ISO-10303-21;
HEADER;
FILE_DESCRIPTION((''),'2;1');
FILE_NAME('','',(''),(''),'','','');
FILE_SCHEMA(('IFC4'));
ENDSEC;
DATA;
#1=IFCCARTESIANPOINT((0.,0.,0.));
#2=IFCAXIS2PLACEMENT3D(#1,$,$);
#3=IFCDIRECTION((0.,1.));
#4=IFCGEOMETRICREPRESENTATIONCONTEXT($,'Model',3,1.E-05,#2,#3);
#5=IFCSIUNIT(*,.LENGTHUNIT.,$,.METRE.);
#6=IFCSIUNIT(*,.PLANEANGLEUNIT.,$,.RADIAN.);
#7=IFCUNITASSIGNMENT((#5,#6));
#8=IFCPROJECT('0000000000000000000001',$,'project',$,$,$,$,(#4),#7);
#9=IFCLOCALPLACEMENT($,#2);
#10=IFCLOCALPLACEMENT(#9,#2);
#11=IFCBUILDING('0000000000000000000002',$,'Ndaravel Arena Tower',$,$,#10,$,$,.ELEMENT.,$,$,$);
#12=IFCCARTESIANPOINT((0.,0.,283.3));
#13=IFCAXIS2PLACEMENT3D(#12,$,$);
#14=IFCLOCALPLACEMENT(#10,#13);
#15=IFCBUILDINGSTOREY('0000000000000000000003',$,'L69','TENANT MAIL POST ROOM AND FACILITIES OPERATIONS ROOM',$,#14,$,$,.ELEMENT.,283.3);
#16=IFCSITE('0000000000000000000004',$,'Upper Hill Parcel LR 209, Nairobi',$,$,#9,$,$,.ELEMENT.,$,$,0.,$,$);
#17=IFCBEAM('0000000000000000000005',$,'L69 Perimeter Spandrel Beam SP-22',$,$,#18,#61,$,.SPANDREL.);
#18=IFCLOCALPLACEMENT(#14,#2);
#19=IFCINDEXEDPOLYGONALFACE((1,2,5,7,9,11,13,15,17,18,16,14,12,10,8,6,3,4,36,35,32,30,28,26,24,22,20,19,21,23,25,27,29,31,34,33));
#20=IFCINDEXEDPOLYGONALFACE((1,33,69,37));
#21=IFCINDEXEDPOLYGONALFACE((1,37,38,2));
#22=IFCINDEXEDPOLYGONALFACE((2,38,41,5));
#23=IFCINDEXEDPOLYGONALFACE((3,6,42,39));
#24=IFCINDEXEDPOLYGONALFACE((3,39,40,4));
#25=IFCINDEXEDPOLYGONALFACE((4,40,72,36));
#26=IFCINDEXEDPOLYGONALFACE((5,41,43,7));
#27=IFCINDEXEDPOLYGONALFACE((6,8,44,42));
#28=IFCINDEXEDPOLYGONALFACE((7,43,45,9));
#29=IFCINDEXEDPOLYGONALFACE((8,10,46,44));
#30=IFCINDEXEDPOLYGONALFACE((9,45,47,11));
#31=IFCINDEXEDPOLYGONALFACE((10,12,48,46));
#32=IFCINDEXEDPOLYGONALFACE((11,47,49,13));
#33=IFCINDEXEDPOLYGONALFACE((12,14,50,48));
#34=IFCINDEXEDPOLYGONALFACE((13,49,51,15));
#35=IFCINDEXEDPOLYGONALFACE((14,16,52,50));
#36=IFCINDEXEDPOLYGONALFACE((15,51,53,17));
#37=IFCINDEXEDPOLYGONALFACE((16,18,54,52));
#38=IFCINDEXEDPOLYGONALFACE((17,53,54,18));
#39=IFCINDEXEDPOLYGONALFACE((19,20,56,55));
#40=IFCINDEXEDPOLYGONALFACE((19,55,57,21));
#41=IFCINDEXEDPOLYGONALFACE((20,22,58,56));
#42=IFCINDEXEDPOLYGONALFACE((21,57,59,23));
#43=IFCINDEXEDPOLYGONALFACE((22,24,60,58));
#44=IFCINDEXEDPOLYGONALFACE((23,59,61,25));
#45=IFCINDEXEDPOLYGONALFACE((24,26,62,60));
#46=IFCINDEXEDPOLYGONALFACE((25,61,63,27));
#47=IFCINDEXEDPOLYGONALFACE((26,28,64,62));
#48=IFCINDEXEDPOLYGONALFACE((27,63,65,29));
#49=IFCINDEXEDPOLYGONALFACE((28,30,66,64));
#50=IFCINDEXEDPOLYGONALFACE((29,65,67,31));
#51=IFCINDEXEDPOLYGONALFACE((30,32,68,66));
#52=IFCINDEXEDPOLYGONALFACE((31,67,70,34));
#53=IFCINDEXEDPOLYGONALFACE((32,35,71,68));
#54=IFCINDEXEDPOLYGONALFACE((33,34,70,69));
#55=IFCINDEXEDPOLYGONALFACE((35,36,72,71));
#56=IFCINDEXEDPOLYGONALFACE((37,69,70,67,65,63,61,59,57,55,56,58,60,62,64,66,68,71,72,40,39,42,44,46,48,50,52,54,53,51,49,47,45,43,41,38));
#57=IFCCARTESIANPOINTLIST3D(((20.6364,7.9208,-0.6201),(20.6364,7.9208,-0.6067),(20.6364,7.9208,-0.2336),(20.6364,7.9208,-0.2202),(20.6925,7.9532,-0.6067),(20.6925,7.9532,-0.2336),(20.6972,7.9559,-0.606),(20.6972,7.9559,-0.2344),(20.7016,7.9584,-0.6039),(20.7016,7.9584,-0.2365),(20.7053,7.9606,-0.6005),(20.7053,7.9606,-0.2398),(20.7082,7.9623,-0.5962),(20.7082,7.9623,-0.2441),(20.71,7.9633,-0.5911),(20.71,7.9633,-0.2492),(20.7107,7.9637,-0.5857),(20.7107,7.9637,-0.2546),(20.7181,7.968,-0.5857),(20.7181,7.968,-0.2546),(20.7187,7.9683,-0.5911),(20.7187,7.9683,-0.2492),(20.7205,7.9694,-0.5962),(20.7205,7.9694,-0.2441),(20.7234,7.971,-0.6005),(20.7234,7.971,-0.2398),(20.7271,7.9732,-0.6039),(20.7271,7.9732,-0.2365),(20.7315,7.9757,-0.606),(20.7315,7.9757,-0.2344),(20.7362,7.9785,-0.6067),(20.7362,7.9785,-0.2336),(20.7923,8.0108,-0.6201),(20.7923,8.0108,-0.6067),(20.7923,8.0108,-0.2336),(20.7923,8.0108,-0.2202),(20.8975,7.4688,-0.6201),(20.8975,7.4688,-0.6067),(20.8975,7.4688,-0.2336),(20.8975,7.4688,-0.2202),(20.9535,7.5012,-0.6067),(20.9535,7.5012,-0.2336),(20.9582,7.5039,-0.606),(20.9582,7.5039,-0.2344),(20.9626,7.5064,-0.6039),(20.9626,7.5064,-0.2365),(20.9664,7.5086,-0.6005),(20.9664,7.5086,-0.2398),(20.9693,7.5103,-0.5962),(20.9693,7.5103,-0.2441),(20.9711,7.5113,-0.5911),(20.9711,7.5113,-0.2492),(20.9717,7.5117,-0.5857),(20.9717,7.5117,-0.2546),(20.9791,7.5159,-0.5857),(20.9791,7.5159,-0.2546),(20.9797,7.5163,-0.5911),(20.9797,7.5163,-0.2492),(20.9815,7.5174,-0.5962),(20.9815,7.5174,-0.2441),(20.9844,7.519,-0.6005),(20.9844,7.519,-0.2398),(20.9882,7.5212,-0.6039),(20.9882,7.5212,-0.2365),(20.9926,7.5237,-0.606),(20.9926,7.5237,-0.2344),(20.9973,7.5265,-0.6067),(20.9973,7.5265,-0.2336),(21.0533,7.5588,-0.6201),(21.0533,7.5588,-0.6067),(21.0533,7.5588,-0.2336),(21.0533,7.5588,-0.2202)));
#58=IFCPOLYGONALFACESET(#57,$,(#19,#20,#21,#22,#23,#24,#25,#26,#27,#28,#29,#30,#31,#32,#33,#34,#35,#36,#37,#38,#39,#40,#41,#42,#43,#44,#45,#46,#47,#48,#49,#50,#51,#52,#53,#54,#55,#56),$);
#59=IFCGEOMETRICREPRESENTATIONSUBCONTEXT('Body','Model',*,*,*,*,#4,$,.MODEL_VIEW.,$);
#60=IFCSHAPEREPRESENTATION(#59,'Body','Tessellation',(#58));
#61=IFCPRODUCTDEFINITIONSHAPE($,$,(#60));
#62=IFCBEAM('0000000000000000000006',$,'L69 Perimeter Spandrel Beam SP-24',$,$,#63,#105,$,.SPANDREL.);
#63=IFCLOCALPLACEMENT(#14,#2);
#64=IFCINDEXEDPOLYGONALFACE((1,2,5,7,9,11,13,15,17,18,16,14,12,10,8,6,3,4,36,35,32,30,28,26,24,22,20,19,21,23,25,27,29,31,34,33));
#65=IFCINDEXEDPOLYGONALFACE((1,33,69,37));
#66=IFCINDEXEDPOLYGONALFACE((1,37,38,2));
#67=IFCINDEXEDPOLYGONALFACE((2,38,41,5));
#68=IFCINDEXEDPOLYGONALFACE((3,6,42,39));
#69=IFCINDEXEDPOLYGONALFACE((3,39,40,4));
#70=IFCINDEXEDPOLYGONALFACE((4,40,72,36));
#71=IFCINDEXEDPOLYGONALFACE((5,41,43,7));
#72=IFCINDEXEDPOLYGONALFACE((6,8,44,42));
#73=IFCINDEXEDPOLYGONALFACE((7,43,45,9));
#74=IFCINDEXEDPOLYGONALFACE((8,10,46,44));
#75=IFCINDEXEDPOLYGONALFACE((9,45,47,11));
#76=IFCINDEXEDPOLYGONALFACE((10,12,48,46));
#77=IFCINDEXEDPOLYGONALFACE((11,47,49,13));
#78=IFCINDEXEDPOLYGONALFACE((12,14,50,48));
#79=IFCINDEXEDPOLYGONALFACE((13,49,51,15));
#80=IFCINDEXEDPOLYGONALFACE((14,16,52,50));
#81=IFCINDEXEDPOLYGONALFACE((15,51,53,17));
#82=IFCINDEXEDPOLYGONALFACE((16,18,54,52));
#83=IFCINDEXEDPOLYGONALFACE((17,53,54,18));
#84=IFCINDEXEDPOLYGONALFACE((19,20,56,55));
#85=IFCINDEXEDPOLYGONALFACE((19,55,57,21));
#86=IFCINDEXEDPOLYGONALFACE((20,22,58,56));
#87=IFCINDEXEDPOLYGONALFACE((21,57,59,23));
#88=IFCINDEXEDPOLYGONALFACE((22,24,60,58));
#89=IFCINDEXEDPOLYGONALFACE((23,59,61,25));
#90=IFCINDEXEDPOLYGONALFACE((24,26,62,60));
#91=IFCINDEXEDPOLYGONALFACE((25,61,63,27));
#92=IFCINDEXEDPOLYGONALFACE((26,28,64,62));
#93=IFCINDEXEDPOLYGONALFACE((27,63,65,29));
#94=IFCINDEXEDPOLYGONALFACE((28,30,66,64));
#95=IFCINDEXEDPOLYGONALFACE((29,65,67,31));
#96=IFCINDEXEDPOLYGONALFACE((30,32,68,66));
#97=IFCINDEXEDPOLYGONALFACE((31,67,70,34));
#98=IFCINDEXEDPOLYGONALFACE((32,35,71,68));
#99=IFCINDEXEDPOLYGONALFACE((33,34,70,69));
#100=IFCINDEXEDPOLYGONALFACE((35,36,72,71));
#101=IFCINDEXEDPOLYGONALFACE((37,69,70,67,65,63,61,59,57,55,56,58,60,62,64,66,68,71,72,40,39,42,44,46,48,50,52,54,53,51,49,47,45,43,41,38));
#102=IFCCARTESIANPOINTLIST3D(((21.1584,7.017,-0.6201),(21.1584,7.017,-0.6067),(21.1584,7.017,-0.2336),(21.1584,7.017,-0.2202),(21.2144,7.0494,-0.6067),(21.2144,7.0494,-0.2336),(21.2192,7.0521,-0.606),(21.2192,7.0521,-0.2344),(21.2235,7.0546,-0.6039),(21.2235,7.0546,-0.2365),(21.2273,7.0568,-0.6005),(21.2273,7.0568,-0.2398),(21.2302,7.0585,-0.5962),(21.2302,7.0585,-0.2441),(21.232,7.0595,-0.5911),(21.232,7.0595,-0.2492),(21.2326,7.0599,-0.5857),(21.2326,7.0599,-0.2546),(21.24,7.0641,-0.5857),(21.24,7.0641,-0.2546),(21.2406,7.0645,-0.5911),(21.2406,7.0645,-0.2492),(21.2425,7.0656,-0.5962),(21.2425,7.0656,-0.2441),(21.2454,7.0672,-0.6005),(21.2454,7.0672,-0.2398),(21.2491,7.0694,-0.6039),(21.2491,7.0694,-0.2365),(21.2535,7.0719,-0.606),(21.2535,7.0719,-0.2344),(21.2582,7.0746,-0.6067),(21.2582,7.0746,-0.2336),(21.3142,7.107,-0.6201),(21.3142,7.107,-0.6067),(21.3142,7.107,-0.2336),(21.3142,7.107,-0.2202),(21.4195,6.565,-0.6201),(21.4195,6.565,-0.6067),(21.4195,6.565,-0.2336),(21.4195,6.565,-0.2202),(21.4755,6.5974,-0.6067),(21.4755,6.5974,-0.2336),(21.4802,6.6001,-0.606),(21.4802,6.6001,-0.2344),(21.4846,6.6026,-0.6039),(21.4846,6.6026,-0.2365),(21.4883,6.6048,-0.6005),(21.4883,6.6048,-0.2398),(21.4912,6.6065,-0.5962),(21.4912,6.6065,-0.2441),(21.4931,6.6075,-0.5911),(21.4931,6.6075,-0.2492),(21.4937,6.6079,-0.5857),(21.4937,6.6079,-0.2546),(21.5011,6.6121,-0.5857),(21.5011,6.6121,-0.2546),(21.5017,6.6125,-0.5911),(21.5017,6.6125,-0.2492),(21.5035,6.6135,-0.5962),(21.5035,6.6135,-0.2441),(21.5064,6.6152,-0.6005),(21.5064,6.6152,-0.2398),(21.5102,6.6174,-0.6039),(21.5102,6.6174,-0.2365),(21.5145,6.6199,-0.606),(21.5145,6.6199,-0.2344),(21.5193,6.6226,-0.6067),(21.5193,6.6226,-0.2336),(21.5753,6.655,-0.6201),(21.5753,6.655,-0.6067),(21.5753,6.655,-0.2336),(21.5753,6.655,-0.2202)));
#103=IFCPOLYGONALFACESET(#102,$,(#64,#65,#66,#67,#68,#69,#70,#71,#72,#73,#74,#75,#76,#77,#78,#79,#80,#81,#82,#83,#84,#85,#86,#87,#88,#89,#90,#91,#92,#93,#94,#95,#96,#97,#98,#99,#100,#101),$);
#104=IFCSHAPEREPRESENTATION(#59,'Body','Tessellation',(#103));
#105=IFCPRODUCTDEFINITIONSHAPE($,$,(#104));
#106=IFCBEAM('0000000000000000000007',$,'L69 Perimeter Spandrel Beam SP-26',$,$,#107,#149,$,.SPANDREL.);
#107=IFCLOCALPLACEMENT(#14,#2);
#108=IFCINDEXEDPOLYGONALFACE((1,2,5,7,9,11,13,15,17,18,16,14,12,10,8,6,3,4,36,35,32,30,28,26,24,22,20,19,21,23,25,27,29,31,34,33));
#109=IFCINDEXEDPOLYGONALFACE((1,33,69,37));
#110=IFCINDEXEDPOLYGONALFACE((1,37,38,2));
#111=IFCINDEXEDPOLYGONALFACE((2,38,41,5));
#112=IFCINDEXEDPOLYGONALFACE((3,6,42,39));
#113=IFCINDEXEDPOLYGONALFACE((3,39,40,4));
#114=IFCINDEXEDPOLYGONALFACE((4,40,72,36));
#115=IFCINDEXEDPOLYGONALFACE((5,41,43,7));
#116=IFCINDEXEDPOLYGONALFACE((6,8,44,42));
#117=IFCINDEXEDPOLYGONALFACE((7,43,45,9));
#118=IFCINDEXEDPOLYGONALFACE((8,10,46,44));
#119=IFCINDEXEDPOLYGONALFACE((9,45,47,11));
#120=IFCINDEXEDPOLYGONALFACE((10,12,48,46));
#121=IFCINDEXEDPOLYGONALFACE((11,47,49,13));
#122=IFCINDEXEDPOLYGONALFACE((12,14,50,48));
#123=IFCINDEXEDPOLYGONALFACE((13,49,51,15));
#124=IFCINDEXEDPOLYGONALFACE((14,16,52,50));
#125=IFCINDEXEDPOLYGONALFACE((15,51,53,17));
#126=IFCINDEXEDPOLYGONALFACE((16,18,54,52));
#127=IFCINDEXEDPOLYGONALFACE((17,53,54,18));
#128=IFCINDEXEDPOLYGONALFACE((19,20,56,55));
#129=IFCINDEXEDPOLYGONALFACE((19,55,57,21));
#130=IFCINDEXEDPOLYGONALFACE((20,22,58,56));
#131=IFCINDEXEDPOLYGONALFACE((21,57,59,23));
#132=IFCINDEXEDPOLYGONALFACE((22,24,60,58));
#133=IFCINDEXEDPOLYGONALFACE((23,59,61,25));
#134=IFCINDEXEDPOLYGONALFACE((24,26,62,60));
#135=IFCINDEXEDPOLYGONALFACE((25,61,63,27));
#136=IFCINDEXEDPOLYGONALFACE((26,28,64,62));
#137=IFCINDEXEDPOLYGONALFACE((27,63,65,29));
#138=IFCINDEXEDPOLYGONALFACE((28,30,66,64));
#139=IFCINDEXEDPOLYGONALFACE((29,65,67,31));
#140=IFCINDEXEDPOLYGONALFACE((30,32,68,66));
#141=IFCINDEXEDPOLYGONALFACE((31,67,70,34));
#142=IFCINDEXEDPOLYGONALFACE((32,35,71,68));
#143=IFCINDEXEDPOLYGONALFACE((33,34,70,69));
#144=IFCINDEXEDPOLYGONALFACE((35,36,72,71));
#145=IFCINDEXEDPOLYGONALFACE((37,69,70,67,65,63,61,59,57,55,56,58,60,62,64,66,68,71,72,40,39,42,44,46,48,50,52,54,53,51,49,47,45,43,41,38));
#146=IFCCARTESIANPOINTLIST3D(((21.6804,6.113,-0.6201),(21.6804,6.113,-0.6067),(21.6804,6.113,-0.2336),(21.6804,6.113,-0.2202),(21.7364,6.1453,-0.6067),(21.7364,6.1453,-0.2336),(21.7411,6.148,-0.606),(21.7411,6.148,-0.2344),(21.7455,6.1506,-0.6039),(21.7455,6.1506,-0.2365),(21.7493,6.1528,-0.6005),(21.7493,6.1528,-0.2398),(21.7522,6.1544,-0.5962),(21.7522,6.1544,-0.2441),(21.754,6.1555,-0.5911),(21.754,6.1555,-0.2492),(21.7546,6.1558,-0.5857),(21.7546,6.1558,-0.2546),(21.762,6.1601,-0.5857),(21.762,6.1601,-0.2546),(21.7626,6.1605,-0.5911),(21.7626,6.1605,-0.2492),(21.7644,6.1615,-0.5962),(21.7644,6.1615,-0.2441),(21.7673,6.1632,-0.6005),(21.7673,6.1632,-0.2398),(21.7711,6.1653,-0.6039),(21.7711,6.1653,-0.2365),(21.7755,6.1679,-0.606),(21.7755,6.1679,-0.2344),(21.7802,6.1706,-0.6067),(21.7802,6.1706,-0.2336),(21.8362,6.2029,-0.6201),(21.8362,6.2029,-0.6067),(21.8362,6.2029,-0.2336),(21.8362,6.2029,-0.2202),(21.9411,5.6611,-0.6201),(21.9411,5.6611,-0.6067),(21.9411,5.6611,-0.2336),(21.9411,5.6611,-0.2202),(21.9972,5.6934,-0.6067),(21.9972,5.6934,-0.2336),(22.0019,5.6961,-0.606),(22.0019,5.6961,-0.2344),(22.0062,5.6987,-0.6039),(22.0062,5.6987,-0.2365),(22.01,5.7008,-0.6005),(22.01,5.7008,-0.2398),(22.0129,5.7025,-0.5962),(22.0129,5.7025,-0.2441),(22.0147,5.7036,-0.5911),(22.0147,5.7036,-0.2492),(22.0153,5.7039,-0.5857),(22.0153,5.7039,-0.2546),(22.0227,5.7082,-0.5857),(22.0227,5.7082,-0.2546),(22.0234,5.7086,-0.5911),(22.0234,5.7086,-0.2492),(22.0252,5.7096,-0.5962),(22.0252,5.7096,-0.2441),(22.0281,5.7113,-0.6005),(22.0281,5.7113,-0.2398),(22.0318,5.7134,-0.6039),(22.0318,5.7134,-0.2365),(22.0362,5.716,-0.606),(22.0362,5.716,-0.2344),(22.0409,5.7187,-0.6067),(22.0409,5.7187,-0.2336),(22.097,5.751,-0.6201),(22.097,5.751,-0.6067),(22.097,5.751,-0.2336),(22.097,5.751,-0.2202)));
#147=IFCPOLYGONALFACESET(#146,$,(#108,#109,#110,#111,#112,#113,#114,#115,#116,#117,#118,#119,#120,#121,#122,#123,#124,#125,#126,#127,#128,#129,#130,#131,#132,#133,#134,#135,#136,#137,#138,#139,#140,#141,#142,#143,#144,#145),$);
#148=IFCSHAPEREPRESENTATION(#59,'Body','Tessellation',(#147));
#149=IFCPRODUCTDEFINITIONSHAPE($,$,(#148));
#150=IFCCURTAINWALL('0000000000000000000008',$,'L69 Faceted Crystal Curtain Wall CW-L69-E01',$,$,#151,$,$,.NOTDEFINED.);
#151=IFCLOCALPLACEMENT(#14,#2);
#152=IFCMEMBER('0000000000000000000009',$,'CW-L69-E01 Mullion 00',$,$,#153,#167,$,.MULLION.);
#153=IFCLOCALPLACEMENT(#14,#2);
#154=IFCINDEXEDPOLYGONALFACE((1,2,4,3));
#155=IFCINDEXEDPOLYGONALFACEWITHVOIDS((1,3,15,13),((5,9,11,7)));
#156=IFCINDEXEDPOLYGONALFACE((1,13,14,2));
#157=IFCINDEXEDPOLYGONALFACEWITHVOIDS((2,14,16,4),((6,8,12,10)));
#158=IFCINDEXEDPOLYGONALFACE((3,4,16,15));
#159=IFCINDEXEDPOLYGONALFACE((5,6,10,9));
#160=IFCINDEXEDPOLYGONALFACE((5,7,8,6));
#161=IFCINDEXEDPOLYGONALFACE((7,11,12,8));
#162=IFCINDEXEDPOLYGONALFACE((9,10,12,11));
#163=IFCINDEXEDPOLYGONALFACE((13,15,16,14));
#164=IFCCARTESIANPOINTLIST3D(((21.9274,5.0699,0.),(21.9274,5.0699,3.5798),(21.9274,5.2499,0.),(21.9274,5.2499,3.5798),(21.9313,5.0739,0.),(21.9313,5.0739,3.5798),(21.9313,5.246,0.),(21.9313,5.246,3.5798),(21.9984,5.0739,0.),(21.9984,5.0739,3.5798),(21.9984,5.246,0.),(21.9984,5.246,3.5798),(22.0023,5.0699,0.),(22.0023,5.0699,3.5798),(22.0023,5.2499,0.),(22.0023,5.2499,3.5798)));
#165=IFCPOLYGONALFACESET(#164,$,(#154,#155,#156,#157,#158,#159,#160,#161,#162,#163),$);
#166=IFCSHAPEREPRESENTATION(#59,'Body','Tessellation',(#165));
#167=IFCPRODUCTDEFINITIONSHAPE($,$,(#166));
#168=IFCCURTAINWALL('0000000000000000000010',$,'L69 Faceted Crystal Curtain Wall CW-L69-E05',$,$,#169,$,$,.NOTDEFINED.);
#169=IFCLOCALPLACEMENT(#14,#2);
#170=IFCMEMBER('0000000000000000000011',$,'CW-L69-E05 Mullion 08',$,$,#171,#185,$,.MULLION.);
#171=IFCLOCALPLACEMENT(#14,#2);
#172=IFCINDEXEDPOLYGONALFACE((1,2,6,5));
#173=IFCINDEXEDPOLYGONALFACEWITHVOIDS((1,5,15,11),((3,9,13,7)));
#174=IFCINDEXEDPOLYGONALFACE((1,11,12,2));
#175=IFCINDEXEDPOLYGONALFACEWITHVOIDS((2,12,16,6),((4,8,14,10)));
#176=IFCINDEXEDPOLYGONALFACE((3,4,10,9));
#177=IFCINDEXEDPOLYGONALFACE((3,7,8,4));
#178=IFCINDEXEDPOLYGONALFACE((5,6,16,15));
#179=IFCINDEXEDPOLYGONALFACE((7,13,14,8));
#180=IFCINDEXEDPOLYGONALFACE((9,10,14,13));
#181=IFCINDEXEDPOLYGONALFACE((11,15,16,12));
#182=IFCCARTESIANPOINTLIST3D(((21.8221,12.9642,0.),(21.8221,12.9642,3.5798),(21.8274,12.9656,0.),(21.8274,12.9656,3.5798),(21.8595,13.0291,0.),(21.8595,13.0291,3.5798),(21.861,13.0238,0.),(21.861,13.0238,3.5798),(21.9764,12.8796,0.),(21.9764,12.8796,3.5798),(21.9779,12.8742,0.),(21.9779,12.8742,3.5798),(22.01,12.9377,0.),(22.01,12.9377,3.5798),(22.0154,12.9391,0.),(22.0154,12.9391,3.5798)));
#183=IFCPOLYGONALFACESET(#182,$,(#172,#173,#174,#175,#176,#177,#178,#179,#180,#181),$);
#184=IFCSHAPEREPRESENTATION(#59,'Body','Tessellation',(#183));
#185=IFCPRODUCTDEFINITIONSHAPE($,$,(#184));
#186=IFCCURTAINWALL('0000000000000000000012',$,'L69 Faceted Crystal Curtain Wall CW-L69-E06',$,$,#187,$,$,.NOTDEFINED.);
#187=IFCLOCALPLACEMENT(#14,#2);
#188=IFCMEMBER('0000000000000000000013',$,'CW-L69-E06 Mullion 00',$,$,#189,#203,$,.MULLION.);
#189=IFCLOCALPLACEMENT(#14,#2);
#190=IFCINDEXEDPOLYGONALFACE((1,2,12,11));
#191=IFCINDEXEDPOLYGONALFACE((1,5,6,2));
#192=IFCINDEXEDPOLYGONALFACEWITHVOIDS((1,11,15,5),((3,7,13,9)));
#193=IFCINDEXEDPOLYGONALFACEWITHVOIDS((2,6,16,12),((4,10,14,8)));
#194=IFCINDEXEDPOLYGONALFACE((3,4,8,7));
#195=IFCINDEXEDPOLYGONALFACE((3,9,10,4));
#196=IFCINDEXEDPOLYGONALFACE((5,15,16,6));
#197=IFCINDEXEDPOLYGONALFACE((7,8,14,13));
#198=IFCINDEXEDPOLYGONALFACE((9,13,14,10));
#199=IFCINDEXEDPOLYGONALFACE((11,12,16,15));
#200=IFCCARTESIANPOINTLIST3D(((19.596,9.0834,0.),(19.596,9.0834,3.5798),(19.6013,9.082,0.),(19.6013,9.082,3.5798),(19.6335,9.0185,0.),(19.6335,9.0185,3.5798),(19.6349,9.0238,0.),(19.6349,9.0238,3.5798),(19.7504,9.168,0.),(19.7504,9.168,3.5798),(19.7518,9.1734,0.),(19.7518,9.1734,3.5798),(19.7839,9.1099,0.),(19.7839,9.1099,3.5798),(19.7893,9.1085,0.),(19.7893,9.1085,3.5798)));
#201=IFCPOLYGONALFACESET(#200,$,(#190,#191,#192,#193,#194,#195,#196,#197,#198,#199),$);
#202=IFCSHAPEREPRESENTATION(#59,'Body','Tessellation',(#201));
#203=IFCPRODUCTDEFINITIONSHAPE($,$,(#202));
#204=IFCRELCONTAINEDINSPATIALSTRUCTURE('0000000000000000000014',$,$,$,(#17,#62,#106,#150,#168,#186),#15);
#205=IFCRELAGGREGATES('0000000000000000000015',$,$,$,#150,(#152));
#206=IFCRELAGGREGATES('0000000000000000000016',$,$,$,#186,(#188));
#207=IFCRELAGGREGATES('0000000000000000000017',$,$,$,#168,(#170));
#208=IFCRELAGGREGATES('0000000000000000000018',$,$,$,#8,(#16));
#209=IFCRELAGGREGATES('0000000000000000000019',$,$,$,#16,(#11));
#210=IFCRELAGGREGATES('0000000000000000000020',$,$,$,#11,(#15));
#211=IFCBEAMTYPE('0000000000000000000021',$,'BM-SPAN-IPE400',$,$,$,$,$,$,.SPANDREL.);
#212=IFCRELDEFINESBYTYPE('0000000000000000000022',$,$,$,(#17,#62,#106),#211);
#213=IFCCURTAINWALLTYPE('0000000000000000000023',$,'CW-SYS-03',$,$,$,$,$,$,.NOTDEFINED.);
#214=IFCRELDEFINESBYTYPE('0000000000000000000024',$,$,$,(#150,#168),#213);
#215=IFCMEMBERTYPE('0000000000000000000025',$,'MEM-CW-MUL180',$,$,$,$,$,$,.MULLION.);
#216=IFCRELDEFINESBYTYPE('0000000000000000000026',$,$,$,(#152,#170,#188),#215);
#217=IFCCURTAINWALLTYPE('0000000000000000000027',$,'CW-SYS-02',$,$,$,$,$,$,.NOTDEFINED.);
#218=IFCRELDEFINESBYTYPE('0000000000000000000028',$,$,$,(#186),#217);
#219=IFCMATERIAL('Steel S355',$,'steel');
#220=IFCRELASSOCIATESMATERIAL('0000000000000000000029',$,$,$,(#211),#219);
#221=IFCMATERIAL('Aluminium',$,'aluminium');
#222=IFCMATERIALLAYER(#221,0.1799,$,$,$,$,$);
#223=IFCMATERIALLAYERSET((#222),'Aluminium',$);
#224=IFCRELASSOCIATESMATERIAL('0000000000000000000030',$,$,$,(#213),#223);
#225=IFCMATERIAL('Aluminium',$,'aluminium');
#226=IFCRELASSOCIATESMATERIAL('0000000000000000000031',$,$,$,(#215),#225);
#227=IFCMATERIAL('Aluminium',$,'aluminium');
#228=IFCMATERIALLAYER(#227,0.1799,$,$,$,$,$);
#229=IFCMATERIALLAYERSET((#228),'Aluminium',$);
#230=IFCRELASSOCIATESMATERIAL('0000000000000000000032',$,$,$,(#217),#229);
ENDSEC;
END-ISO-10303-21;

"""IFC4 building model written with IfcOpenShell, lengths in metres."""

from ifc_helpers import new_model, si_unit, direction, frame, origin, origin_2d, place, context, subcontext, project, spatial, hollow_rectangle, i_section, extrude, material, layer, layer_set, material_profile, profile_set, type_object, element, aggregate, save


model = new_model("IFC4")

# Units and contexts
model_context = context("Model", 3, precision=1e-05, world=origin(), true_north=direction((0.0, 1.0)))
body_context = subcontext(model_context, "Body", "Model", "MODEL_VIEW")
ifc_project = project(units=[si_unit("LENGTHUNIT", "METRE"), si_unit("PLANEANGLEUNIT", "RADIAN")], contexts=[model_context])

# Site, building, storey
site_placement = place(None, origin())
site = spatial("IfcSite", under=ifc_project, at=site_placement, Name="Upper Hill Parcel LR 209, Nairobi", CompositionType="ELEMENT", RefElevation=0.0)
building_placement = place(site_placement, origin())
building = spatial("IfcBuilding", under=site, at=building_placement, Name="Ndaravel Arena Tower", CompositionType="ELEMENT")
storey_placement = place(building_placement, frame((0.0, 0.0, 283.3)))
storey = spatial("IfcBuildingStorey", under=building, at=storey_placement, Name="L69", Description="TENANT MAIL POST ROOM AND FACILITIES OPERATIONS ROOM", CompositionType="ELEMENT", Elevation=283.3)

# Beams
ifc_material_1 = material(Name="Steel S355", Category="steel")
ifc_material_profile_1 = material_profile(ifc_material_1, i_section(OverallWidth=0.1799, OverallDepth=0.3999, WebThickness=0.0085, FlangeThickness=0.0134, FilletRadius=0.021, at=origin_2d()), Name="IPE 400")
ifc_profile_set_1 = profile_set([ifc_material_profile_1], Name="Steel S355")
beam_type = type_object("IfcBeamType", Name="BM-SPAN-IPE400", PredefinedType="SPANDREL", material=ifc_profile_set_1)
for number, where, z_axis, x_axis, name in (
    (1, (20.7144, 7.9658, -0.4202), (0.500114, -0.86596, 0.0), (0.86596, 0.500114, 0.0), "L69 Perimeter Spandrel Beam SP-22"),
    (2, (21.2363, 7.062, -0.4202), (0.500114, -0.86596, 0.0), (0.86596, 0.500114, 0.0), "L69 Perimeter Spandrel Beam SP-24"),
):
    element("IfcBeam", number, at=place(storey_placement, frame(where, z_axis=z_axis, x_axis=x_axis)), inside=storey, type_object=beam_type, Name=name, PredefinedType="SPANDREL", context=body_context, shape_type="SweptSolid", body=[
        extrude(i_section(OverallWidth=0.1799, OverallDepth=0.3999, WebThickness=0.0085, FlangeThickness=0.0134, FilletRadius=0.021, at=origin_2d()), origin(), (0.0, 0.0, 1.0), 0.522),
    ])
beam_placement = place(storey_placement, frame((21.7583, 6.158, -0.4202), z_axis=(0.499763, -0.866162, 0.0), x_axis=(0.866162, 0.499763, 0.0)))
element("IfcBeam", 3, at=beam_placement, inside=storey, type_object=beam_type, Name="L69 Perimeter Spandrel Beam SP-26", PredefinedType="SPANDREL", context=body_context, shape_type="SweptSolid", body=[
    extrude(i_section(OverallWidth=0.1799, OverallDepth=0.3999, WebThickness=0.0085, FlangeThickness=0.0134, FilletRadius=0.021, at=origin_2d()), origin(), (0.0, 0.0, 1.0), 0.5217),
])

# Curtain walls, members
ifc_material_2 = material(Name="Aluminium", Category="aluminium")
ifc_layer_1 = layer(ifc_material_2, 0.1799)
ifc_layer_set_1 = layer_set([ifc_layer_1], Name="Aluminium")
curtain_wall_type_1 = type_object("IfcCurtainWallType", Name="CW-SYS-03", PredefinedType="NOTDEFINED", material=ifc_layer_set_1)
curtain_wall_1_placement = place(storey_placement, origin())
curtain_wall_1 = element("IfcCurtainWall", 4, at=curtain_wall_1_placement, inside=storey, type_object=curtain_wall_type_1, Name="L69 Faceted Crystal Curtain Wall CW-L69-E01", PredefinedType="NOTDEFINED")
ifc_material_3 = material(Name="Aluminium", Category="aluminium")
ifc_material_profile_2 = material_profile(ifc_material_3, hollow_rectangle(XDim=0.075, YDim=0.1799, WallThickness=0.0039, at=origin_2d()), Name="CW MULLION 75x180x4")
ifc_profile_set_2 = profile_set([ifc_material_profile_2], Name="Aluminium")
member_type_1 = type_object("IfcMemberType", Name="MEM-CW-MUL180", PredefinedType="MULLION", material=ifc_profile_set_2)
member_1_placement = place(storey_placement, frame((21.9648, 5.1599, 0.0), z_axis=(0.0, 0.0, 1.0), x_axis=(1.0, 0.0, 0.0)))
member_1 = element("IfcMember", 5, at=member_1_placement, type_object=member_type_1, Name="CW-L69-E01 Mullion 00", PredefinedType="MULLION", context=body_context, shape_type="SweptSolid", body=[
    extrude(hollow_rectangle(XDim=0.075, YDim=0.1799, WallThickness=0.0039, at=origin_2d()), origin(), (0.0, 0.0, 1.0), 3.5798),
])
curtain_wall_2_placement = place(storey_placement, origin())
curtain_wall_2 = element("IfcCurtainWall", 6, at=curtain_wall_2_placement, inside=storey, type_object=curtain_wall_type_1, Name="L69 Faceted Crystal Curtain Wall CW-L69-E05", PredefinedType="NOTDEFINED")
member_2_placement = place(storey_placement, frame((21.9187, 12.9517, 0.0), z_axis=(0.0, 0.0, 1.0), x_axis=(-0.5, -0.866025, 0.0)))
member_2 = element("IfcMember", 7, at=member_2_placement, type_object=member_type_1, Name="CW-L69-E05 Mullion 08", PredefinedType="MULLION", context=body_context, shape_type="SweptSolid", body=[
    extrude(hollow_rectangle(XDim=0.075, YDim=0.1799, WallThickness=0.0039, at=origin_2d()), origin(), (0.0, 0.0, 1.0), 3.5798),
])
ifc_material_4 = material(Name="Aluminium", Category="aluminium")
ifc_layer_2 = layer(ifc_material_4, 0.1799)
ifc_layer_set_2 = layer_set([ifc_layer_2], Name="Aluminium")
curtain_wall_type_2 = type_object("IfcCurtainWallType", Name="CW-SYS-02", PredefinedType="NOTDEFINED", material=ifc_layer_set_2)
curtain_wall_3_placement = place(storey_placement, origin())
curtain_wall_3 = element("IfcCurtainWall", 8, at=curtain_wall_3_placement, inside=storey, type_object=curtain_wall_type_2, Name="L69 Faceted Crystal Curtain Wall CW-L69-E06", PredefinedType="NOTDEFINED")
member_3_placement = place(storey_placement, frame((19.6926, 9.0959, 0.0), z_axis=(0.0, 0.0, 1.0), x_axis=(0.499985, -0.866034, 0.0)))
member_3 = element("IfcMember", 9, at=member_3_placement, type_object=member_type_1, Name="CW-L69-E06 Mullion 00", PredefinedType="MULLION", context=body_context, shape_type="SweptSolid", body=[
    extrude(hollow_rectangle(XDim=0.075, YDim=0.1799, WallThickness=0.0039, at=origin_2d()), origin(), (0.0, 0.0, 1.0), 3.5798),
])

aggregate(curtain_wall_1, [member_1])

aggregate(curtain_wall_3, [member_3])
aggregate(curtain_wall_2, [member_2])

save(model, "model.ifc")
